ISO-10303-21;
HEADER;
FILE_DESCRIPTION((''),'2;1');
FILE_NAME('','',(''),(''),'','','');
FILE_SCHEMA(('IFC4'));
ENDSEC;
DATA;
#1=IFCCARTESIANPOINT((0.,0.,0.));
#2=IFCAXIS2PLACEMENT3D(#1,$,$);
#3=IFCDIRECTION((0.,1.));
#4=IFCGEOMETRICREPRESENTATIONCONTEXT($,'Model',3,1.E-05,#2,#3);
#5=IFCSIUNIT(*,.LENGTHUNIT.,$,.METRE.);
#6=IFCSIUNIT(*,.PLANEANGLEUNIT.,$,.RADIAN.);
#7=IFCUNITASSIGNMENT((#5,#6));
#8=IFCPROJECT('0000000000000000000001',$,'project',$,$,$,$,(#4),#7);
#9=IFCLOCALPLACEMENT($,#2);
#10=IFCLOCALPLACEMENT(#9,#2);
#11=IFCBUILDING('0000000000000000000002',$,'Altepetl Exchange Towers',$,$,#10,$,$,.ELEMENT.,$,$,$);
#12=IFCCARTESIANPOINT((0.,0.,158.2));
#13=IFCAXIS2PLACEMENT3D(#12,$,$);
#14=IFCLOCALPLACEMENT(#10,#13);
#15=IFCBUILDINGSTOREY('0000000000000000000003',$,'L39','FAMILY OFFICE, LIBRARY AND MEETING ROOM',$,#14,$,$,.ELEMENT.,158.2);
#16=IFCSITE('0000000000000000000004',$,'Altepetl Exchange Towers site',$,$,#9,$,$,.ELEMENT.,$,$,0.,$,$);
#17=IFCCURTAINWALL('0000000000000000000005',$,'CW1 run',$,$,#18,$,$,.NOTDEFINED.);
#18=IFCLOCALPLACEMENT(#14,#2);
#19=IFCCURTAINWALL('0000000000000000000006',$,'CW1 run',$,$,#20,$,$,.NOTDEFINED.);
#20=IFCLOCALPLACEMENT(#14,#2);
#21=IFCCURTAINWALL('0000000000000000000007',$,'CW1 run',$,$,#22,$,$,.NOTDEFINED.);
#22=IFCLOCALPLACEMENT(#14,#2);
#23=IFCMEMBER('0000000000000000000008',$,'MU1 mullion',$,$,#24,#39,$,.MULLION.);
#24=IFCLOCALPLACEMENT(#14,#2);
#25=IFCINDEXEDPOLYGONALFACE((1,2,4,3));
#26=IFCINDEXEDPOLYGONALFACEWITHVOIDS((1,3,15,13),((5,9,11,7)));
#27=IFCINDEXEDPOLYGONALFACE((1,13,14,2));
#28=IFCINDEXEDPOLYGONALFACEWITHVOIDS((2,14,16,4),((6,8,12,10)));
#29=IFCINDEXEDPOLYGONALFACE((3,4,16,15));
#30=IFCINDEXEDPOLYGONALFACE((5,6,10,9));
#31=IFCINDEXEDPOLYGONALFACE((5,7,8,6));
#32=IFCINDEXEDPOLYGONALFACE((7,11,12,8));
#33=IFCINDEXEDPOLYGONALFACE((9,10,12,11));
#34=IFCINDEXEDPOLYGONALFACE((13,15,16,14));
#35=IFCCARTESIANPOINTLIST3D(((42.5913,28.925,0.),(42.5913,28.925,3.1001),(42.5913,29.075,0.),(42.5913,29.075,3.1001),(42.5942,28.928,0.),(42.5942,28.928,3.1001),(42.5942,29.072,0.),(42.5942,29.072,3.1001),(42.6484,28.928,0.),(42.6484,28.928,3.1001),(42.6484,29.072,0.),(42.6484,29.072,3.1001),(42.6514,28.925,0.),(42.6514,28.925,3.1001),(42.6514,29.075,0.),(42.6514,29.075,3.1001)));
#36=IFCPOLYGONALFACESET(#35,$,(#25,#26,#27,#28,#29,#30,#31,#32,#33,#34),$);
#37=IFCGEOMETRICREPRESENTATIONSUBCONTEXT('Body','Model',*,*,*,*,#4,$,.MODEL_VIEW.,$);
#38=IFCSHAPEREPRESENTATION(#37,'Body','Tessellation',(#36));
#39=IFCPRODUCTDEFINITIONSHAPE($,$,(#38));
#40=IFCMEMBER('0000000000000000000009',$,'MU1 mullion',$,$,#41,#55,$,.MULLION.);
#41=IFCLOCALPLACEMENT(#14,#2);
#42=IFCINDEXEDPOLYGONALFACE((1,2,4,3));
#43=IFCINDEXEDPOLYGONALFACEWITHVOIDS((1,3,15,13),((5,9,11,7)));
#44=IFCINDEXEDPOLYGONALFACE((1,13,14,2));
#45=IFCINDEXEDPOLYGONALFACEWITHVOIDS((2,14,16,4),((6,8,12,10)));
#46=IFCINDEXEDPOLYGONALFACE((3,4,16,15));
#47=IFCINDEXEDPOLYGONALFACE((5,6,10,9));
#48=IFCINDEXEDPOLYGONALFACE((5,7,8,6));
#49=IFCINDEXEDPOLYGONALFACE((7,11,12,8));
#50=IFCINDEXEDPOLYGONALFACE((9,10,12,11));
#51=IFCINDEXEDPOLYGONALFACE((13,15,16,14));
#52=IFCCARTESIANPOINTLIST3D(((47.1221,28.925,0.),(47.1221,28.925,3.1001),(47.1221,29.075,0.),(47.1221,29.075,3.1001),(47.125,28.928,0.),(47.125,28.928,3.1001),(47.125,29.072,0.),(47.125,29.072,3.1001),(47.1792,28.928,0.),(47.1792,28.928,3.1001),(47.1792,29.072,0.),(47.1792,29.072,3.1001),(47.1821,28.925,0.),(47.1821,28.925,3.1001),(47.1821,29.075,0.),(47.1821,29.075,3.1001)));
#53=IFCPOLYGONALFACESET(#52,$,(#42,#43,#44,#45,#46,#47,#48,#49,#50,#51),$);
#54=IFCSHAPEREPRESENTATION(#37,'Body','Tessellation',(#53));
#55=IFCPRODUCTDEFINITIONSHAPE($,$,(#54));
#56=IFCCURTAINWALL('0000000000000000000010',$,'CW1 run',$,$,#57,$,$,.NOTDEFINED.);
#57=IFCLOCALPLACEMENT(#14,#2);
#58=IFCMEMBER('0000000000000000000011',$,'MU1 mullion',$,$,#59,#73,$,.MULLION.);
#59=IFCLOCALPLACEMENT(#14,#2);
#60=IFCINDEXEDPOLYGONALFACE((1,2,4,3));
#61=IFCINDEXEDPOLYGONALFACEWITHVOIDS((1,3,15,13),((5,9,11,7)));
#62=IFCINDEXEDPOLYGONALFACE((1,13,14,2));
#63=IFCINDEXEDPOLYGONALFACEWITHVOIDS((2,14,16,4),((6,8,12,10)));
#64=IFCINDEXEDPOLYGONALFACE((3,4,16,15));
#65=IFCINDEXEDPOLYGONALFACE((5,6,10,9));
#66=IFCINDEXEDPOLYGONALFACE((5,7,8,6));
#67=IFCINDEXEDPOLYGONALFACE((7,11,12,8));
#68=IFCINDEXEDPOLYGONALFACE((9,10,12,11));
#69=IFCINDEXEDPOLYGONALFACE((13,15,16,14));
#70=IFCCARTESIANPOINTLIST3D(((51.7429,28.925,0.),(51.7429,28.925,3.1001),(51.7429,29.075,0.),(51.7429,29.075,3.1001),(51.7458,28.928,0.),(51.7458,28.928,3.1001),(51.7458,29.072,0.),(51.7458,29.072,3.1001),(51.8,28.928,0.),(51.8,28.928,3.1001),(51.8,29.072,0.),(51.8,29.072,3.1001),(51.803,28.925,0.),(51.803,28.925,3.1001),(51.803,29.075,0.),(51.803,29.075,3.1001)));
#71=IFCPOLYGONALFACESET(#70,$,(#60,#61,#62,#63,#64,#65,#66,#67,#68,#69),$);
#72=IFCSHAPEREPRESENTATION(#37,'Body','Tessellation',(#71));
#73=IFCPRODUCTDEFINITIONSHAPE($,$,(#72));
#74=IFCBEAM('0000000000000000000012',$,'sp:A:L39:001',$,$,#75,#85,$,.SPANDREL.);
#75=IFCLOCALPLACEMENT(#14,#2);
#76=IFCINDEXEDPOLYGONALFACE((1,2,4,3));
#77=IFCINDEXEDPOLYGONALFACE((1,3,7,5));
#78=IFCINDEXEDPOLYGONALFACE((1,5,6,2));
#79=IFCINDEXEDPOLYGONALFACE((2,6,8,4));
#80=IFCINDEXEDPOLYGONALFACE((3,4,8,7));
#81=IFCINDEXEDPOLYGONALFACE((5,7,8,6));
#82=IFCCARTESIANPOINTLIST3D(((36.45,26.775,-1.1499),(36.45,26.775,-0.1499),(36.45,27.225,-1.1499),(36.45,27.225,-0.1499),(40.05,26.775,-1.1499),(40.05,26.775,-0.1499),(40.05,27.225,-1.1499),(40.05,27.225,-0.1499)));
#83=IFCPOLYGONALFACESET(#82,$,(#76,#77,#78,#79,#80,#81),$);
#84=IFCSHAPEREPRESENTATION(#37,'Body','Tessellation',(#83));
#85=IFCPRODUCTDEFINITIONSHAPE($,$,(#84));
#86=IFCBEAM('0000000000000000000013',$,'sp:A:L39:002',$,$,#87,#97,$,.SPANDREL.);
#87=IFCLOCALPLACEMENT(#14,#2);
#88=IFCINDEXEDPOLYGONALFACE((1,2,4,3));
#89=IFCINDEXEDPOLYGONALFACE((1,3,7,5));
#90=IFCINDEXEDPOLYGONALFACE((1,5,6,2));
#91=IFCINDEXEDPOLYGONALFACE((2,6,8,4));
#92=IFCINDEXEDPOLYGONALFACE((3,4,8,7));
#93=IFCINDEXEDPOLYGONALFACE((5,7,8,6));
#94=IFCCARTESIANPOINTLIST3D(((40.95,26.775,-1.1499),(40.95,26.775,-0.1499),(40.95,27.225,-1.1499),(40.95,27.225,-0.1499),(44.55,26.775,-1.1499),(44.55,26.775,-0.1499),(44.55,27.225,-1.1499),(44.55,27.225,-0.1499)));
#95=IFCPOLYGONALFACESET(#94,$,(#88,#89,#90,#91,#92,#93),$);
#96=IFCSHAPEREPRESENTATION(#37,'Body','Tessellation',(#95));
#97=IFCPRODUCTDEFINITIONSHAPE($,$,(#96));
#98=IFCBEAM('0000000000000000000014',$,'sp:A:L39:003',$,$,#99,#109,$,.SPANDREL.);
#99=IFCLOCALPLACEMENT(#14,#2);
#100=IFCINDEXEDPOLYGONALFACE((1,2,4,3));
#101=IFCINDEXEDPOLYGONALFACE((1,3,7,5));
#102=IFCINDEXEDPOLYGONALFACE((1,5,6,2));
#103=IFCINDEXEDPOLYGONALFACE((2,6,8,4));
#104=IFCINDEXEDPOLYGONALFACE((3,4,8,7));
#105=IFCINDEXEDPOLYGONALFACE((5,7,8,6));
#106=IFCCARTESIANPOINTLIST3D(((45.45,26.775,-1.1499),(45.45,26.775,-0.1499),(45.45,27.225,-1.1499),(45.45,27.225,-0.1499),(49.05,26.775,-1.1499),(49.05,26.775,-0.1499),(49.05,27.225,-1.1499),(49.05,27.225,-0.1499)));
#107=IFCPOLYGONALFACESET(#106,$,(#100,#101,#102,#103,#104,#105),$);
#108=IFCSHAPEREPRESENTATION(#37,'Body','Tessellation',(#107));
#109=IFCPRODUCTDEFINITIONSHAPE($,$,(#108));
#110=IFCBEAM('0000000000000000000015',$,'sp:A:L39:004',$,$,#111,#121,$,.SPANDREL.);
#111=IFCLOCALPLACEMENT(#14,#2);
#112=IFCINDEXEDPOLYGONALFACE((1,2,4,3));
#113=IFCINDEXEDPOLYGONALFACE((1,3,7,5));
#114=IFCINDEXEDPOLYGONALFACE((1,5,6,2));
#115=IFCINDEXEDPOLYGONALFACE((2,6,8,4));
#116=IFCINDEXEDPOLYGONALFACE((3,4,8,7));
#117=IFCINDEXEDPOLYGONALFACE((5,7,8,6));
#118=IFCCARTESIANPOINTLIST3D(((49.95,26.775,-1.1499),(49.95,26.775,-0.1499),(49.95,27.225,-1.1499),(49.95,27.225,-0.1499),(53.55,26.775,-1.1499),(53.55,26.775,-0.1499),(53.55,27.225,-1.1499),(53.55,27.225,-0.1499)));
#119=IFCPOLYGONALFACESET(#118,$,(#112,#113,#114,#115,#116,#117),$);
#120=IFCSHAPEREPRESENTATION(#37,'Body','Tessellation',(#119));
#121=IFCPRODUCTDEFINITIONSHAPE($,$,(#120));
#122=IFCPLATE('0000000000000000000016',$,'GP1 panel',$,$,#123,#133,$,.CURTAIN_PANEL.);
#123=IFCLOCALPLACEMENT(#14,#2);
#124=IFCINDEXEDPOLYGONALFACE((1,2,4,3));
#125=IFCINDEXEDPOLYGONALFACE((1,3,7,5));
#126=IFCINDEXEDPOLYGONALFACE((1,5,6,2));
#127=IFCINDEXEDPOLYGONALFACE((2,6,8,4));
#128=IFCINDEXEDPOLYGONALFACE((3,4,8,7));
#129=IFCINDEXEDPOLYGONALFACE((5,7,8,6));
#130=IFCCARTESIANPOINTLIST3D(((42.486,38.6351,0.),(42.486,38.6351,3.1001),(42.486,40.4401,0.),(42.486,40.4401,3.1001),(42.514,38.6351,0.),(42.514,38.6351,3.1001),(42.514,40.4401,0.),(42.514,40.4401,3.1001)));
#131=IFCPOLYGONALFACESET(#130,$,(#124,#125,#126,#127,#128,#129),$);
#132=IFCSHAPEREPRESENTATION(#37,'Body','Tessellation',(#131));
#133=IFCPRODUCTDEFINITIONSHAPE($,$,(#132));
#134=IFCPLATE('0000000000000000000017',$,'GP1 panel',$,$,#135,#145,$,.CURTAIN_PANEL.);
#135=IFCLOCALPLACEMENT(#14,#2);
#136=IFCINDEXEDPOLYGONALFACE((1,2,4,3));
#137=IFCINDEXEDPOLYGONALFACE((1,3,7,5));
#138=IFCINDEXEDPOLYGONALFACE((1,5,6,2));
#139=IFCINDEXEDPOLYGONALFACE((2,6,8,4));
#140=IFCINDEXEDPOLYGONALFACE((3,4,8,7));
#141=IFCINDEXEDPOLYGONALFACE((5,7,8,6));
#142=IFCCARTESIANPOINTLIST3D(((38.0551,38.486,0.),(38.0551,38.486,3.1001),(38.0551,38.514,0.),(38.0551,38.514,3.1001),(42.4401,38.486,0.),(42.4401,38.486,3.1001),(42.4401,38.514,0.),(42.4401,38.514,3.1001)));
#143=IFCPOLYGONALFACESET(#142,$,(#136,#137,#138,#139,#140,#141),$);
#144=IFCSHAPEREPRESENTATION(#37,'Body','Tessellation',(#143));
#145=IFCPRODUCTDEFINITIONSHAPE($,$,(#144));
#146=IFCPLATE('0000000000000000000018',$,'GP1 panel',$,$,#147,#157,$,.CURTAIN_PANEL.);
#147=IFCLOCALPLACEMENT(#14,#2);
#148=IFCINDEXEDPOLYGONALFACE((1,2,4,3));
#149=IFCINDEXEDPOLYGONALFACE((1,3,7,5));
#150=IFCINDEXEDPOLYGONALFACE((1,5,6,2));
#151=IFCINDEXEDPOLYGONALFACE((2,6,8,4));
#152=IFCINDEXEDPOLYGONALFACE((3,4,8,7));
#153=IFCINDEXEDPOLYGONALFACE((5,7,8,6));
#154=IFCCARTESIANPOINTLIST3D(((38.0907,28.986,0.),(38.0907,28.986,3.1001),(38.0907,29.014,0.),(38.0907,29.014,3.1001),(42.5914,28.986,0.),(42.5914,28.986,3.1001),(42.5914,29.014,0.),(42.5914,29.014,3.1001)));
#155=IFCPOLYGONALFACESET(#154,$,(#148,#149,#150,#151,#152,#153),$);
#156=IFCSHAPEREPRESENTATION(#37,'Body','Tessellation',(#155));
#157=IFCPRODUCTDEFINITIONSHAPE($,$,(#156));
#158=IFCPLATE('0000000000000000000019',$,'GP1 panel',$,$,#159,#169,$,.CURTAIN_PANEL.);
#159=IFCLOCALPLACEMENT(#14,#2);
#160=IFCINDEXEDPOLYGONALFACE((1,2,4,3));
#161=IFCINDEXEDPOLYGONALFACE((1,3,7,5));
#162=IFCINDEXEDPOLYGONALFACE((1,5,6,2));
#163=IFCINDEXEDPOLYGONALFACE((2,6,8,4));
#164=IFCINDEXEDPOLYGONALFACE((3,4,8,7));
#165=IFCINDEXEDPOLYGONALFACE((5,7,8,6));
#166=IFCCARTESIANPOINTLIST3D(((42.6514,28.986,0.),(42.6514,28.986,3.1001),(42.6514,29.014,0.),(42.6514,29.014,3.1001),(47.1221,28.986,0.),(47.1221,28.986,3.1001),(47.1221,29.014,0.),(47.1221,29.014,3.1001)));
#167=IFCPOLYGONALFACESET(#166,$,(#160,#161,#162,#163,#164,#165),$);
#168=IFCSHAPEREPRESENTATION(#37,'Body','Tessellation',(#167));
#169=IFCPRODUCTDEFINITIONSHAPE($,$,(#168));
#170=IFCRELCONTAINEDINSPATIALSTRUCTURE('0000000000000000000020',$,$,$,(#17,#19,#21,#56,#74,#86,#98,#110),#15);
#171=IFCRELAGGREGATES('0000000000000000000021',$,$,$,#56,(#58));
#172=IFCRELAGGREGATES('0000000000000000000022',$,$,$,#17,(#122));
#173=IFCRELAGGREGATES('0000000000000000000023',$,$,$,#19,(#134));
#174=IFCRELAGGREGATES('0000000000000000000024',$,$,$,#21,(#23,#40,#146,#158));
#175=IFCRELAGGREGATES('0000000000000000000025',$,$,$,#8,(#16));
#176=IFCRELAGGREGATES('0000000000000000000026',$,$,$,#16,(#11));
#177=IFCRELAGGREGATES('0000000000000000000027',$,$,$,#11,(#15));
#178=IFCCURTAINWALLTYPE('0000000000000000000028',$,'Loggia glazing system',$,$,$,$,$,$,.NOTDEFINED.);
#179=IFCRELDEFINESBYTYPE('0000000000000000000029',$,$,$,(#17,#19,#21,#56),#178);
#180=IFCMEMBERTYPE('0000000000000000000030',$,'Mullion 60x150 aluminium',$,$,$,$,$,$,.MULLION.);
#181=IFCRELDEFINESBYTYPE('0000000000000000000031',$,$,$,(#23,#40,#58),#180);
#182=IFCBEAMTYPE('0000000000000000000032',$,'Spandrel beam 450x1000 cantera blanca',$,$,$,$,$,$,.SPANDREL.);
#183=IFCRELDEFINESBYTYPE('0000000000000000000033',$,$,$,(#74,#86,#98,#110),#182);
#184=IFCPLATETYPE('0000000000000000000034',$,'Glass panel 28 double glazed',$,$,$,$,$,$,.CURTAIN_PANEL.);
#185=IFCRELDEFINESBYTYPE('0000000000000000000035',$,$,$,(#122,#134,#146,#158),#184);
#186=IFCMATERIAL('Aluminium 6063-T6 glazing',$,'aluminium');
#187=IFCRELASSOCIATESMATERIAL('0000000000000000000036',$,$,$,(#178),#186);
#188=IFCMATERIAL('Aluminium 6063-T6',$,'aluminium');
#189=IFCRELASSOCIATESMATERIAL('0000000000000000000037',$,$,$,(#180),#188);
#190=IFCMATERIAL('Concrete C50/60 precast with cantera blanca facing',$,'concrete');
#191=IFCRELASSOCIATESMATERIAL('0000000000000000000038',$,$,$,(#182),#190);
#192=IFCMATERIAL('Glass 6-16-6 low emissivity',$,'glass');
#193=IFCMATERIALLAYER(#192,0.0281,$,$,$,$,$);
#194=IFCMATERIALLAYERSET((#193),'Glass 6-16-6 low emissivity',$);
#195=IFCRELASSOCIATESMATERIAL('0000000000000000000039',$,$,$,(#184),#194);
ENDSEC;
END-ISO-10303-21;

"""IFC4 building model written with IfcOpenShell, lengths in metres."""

from ifc_helpers import new_model, si_unit, direction, frame, origin, origin_2d, place, context, subcontext, project, spatial, rectangle, hollow_rectangle, extrude, material, layer, layer_set, material_profile, profile_set, type_object, element, aggregate, save


model = new_model("IFC4")

# Units and contexts
model_context = context("Model", 3, precision=1e-05, world=origin(), true_north=direction((0.0, 1.0)))
body_context = subcontext(model_context, "Body", "Model", "MODEL_VIEW")
ifc_project = project(units=[si_unit("LENGTHUNIT", "METRE"), si_unit("PLANEANGLEUNIT", "RADIAN")], contexts=[model_context])

# Site, building, storey
site_placement = place(None, origin())
site = spatial("IfcSite", under=ifc_project, at=site_placement, Name="Altepetl Exchange Towers site", CompositionType="ELEMENT", RefElevation=0.0)
building_placement = place(site_placement, origin())
building = spatial("IfcBuilding", under=site, at=building_placement, Name="Altepetl Exchange Towers", CompositionType="ELEMENT")
storey_placement = place(building_placement, frame((0.0, 0.0, 158.2)))
storey = spatial("IfcBuildingStorey", under=building, at=storey_placement, Name="L39", Description="FAMILY OFFICE, LIBRARY AND MEETING ROOM", CompositionType="ELEMENT", Elevation=158.2)

# Curtain wall
ifc_material_1 = material(Name="Aluminium 6063-T6 glazing", Category="aluminium")
curtain_wall_type = type_object("IfcCurtainWallType", Name="Loggia glazing system", PredefinedType="NOTDEFINED", material=ifc_material_1)
curtain_wall_1_placement = place(storey_placement, origin())
curtain_wall_1 = element("IfcCurtainWall", 1, at=curtain_wall_1_placement, inside=storey, type_object=curtain_wall_type, Name="CW1 run", PredefinedType="NOTDEFINED")
ifc_material_2 = material(Name="Aluminium 6063-T6", Category="aluminium")
ifc_material_profile_1 = material_profile(ifc_material_2, hollow_rectangle(XDim=0.0601, YDim=0.1499, WallThickness=0.0029, at=origin_2d()), Name="Mullion 60x150 aluminium")
ifc_profile_set_1 = profile_set([ifc_material_profile_1], Name="Aluminium 6063-T6")
member_type = type_object("IfcMemberType", Name="Mullion 60x150 aluminium", PredefinedType="MULLION", material=ifc_profile_set_1)

# Curtain walls, members
curtain_wall_2_placement = place(storey_placement, origin())
curtain_wall_2 = element("IfcCurtainWall", 2, at=curtain_wall_2_placement, inside=storey, type_object=curtain_wall_type, Name="CW1 run", PredefinedType="NOTDEFINED")
curtain_wall_3_placement = place(storey_placement, origin())
curtain_wall_3 = element("IfcCurtainWall", 3, at=curtain_wall_3_placement, inside=storey, type_object=curtain_wall_type, Name="CW1 run", PredefinedType="NOTDEFINED")
member_1_placement = place(storey_placement, frame((42.6213, 29.0, 0.0)))
member_1 = element("IfcMember", 4, at=member_1_placement, type_object=member_type, Name="MU1 mullion", PredefinedType="MULLION", context=body_context, shape_type="SweptSolid", body=[
    extrude(hollow_rectangle(XDim=0.0601, YDim=0.1499, WallThickness=0.0029, at=origin_2d()), origin(), (0.0, 0.0, 1.0), 3.1001),
])
member_2_placement = place(storey_placement, frame((47.1521, 29.0, 0.0)))
member_2 = element("IfcMember", 5, at=member_2_placement, type_object=member_type, Name="MU1 mullion", PredefinedType="MULLION", context=body_context, shape_type="SweptSolid", body=[
    extrude(hollow_rectangle(XDim=0.0601, YDim=0.1499, WallThickness=0.0029, at=origin_2d()), origin(), (0.0, 0.0, 1.0), 3.1001),
])

# Curtain wall, member
curtain_wall_4_placement = place(storey_placement, origin())
curtain_wall_4 = element("IfcCurtainWall", 6, at=curtain_wall_4_placement, inside=storey, type_object=curtain_wall_type, Name="CW1 run", PredefinedType="NOTDEFINED")
member_3_placement = place(storey_placement, frame((51.7729, 29.0, 0.0)))
member_3 = element("IfcMember", 7, at=member_3_placement, type_object=member_type, Name="MU1 mullion", PredefinedType="MULLION", context=body_context, shape_type="SweptSolid", body=[
    extrude(hollow_rectangle(XDim=0.0601, YDim=0.1499, WallThickness=0.0029, at=origin_2d()), origin(), (0.0, 0.0, 1.0), 3.1001),
])
aggregate(curtain_wall_4, [member_3])

# Beams
ifc_material_3 = material(Name="Concrete C50/60 precast with cantera blanca facing", Category="concrete")
ifc_material_profile_2 = material_profile(ifc_material_3, rectangle(XDim=0.45, YDim=1.0, at=origin_2d()), Name="450 x 1000")
ifc_profile_set_2 = profile_set([ifc_material_profile_2], Name="Concrete C50/60 precast with cantera blanca facing")
beam_type_1 = type_object("IfcBeamType", Name="Spandrel beam 450x1000 cantera blanca", PredefinedType="SPANDREL", material=ifc_profile_set_2)
for number, where, z_axis, x_axis, name in (
    (8, (36.45, 27.0, -0.6499), (1.0, 0.0, 0.0), (0.0, 1.0, 0.0), "sp:A:L39:001"),
    (9, (40.95, 27.0, -0.6499), (1.0, 0.0, 0.0), (0.0, 1.0, 0.0), "sp:A:L39:002"),
    (10, (45.45, 27.0, -0.6499), (1.0, 0.0, 0.0), (0.0, 1.0, 0.0), "sp:A:L39:003"),
    (11, (49.95, 27.0, -0.6499), (1.0, 0.0, 0.0), (0.0, 1.0, 0.0), "sp:A:L39:004"),
):
    element("IfcBeam", number, at=place(storey_placement, frame(where, z_axis=z_axis, x_axis=x_axis)), inside=storey, type_object=beam_type_1, Name=name, PredefinedType="SPANDREL", context=body_context, shape_type="SweptSolid", body=[
        extrude(rectangle(XDim=0.45, YDim=1.0, at=origin_2d()), origin(), (0.0, 0.0, 1.0), 3.6001),
    ])

# Plates
ifc_material_4 = material(Name="Glass 6-16-6 low emissivity", Category="glass")
ifc_layer_1 = layer(ifc_material_4, 0.0281)
ifc_layer_set_1 = layer_set([ifc_layer_1], Name="Glass 6-16-6 low emissivity")
plate_type = type_object("IfcPlateType", Name="Glass panel 28 double glazed", PredefinedType="CURTAIN_PANEL", material=ifc_layer_set_1)
plate_1_placement = place(storey_placement, frame((42.5, 39.5376, 0.0), z_axis=(0.0, 0.0, 1.0), x_axis=(0.0, -1.0, 0.0)))
plate_1 = element("IfcPlate", 12, at=plate_1_placement, type_object=plate_type, Name="GP1 panel", PredefinedType="CURTAIN_PANEL", context=body_context, shape_type="SweptSolid", body=[
    extrude(rectangle(XDim=1.8049, YDim=0.0281, at=origin_2d()), origin(), (0.0, 0.0, 1.0), 3.1001),
])
aggregate(curtain_wall_1, [plate_1])
plate_2_placement = place(storey_placement, frame((40.2476, 38.5, 0.0), z_axis=(0.0, 0.0, 1.0), x_axis=(-1.0, 0.0, 0.0)))
plate_2 = element("IfcPlate", 13, at=plate_2_placement, type_object=plate_type, Name="GP1 panel", PredefinedType="CURTAIN_PANEL", context=body_context, shape_type="SweptSolid", body=[
    extrude(rectangle(XDim=4.385, YDim=0.0281, at=origin_2d()), origin(), (0.0, 0.0, 1.0), 3.1001),
])
aggregate(curtain_wall_2, [plate_2])
plate_3_placement = place(storey_placement, frame((40.3411, 29.0, 0.0)))
plate_3 = element("IfcPlate", 14, at=plate_3_placement, type_object=plate_type, Name="GP1 panel", PredefinedType="CURTAIN_PANEL", context=body_context, shape_type="SweptSolid", body=[
    extrude(rectangle(XDim=4.5007, YDim=0.0281, at=origin_2d()), origin(), (0.0, 0.0, 1.0), 3.1001),
])
plate_4_placement = place(storey_placement, frame((44.8867, 29.0, 0.0)))
plate_4 = element("IfcPlate", 15, at=plate_4_placement, type_object=plate_type, Name="GP1 panel", PredefinedType="CURTAIN_PANEL", context=body_context, shape_type="SweptSolid", body=[
    extrude(rectangle(XDim=4.4707, YDim=0.0281, at=origin_2d()), origin(), (0.0, 0.0, 1.0), 3.1001),
])
aggregate(curtain_wall_3, [member_1, member_2, plate_3, plate_4])

save(model, "model.ifc")
